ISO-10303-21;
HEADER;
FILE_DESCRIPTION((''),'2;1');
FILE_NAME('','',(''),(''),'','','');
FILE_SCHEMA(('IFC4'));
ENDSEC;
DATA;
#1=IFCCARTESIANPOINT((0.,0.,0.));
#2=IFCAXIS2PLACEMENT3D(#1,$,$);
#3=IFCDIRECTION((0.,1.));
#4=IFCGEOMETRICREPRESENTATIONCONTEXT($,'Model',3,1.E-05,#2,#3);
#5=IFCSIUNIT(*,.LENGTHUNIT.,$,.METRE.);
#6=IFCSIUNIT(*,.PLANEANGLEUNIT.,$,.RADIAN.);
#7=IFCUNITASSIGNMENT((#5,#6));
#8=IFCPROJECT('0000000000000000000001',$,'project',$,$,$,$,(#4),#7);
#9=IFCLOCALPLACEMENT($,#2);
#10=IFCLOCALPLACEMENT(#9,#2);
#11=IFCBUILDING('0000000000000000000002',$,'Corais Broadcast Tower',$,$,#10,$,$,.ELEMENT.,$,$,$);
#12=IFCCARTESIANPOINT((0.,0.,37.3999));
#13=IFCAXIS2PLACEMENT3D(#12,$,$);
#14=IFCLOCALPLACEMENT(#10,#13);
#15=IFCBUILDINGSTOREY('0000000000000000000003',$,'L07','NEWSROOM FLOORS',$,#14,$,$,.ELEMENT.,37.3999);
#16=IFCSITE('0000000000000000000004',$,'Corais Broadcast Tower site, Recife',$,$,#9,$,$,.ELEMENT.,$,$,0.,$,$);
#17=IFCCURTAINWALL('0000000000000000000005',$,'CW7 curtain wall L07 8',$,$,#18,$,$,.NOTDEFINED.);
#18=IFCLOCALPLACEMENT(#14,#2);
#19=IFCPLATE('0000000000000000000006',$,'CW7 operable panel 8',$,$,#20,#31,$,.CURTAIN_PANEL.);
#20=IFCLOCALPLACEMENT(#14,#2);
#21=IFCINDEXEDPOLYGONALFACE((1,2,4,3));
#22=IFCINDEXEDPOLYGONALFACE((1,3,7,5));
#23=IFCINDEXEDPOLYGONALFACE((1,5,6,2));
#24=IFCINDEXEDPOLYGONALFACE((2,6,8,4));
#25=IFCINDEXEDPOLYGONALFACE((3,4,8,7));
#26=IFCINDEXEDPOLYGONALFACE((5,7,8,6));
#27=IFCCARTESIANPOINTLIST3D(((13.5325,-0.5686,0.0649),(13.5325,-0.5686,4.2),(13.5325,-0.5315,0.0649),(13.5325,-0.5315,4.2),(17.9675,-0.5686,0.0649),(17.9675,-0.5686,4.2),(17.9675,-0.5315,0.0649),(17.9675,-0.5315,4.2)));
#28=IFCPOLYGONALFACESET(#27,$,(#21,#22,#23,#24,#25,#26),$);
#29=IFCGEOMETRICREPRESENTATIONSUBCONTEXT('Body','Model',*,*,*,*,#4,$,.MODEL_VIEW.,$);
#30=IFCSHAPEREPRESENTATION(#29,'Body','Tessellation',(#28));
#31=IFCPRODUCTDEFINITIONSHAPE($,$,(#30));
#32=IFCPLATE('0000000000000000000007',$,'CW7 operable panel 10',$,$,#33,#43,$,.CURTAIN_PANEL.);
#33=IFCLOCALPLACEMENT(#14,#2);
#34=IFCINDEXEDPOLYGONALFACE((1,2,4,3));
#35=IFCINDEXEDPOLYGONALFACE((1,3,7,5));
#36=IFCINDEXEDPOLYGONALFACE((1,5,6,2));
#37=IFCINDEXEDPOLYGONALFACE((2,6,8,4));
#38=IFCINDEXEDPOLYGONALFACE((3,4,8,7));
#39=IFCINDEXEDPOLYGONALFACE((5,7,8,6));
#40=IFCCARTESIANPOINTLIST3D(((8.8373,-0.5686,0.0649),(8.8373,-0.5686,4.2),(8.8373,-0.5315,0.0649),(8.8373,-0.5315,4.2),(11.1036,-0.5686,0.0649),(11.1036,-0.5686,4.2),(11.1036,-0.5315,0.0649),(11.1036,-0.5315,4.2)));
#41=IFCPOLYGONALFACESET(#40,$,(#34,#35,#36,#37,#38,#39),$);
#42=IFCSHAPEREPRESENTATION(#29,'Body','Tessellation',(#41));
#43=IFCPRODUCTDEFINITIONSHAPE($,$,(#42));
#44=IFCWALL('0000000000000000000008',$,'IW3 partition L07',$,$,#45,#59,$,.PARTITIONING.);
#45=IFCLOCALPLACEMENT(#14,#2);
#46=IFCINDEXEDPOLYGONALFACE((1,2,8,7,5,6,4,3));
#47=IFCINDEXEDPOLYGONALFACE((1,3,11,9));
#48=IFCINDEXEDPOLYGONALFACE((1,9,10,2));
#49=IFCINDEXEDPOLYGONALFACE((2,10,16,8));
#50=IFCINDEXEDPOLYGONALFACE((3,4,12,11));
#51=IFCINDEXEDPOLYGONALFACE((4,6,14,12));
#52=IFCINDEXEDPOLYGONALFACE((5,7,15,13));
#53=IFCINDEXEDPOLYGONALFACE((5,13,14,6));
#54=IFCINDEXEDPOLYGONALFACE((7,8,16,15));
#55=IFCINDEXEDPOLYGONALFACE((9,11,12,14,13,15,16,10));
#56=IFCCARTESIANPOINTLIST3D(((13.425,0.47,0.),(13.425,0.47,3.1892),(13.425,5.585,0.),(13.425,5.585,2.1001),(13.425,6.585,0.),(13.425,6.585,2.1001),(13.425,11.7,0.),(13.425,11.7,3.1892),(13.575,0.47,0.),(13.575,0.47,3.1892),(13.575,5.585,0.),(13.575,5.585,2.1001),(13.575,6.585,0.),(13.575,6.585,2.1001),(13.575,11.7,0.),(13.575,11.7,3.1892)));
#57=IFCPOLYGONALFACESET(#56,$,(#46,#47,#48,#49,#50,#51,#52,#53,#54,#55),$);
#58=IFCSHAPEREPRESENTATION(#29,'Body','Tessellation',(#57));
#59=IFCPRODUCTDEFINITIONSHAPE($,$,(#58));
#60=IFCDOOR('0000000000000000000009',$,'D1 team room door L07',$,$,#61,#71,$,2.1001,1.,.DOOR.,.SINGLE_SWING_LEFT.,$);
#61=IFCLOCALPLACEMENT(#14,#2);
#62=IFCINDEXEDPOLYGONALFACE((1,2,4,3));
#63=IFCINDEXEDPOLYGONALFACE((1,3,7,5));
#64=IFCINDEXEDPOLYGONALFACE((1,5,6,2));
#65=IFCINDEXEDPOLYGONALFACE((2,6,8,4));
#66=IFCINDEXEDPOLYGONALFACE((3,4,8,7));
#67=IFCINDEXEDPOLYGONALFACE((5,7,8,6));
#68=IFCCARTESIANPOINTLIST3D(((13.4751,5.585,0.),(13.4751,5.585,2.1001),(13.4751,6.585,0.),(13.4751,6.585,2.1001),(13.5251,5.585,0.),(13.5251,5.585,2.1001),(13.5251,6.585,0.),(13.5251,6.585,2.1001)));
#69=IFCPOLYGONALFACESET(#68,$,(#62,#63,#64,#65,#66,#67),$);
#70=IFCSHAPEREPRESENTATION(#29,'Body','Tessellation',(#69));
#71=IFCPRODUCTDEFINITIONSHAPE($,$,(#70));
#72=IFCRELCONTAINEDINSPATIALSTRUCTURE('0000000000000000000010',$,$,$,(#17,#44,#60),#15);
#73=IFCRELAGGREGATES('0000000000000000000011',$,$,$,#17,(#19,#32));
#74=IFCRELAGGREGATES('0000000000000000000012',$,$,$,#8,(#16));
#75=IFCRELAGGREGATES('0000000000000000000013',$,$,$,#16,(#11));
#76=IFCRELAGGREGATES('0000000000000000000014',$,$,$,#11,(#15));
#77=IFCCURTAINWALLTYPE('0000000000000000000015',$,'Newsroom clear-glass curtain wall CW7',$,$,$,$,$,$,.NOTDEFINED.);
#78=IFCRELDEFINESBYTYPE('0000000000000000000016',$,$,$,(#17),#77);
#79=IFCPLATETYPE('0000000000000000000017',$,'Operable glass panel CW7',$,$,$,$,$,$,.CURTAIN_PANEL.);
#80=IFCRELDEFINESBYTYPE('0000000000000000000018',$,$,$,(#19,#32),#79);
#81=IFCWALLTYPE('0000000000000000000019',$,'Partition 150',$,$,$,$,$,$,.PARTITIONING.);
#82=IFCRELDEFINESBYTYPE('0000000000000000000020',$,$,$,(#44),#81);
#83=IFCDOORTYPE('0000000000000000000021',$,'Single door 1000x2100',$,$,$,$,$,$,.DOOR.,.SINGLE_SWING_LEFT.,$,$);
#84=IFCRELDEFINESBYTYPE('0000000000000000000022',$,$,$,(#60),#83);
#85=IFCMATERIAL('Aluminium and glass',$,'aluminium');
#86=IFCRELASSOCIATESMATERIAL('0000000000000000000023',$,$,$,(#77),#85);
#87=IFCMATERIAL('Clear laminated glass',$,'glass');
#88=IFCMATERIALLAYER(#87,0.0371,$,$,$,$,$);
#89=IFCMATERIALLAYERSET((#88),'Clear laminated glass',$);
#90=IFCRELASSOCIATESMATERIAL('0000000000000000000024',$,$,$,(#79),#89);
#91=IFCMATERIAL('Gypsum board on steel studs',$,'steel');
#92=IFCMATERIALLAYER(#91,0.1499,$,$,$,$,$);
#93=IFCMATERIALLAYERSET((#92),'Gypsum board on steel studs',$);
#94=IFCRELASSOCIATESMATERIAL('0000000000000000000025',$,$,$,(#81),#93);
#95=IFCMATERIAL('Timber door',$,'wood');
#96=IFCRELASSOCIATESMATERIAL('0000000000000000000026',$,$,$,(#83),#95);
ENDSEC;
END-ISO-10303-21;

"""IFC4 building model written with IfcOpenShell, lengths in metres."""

from ifc_helpers import new_model, si_unit, direction, frame, frame_2d, origin, origin_2d, place, context, subcontext, project, spatial, rectangle, extrude, material, layer, layer_set, type_object, element, fill, aggregate, save


model = new_model("IFC4")

# Units and contexts
model_context = context("Model", 3, precision=1e-05, world=origin(), true_north=direction((0.0, 1.0)))
body_context = subcontext(model_context, "Body", "Model", "MODEL_VIEW")
ifc_project = project(units=[si_unit("LENGTHUNIT", "METRE"), si_unit("PLANEANGLEUNIT", "RADIAN")], contexts=[model_context])

# Site, building, storey
site_placement = place(None, origin())
site = spatial("IfcSite", under=ifc_project, at=site_placement, Name="Corais Broadcast Tower site, Recife", CompositionType="ELEMENT", RefElevation=0.0)
building_placement = place(site_placement, origin())
building = spatial("IfcBuilding", under=site, at=building_placement, Name="Corais Broadcast Tower", CompositionType="ELEMENT")
storey_placement = place(building_placement, frame((0.0, 0.0, 37.3999)))
storey = spatial("IfcBuildingStorey", under=building, at=storey_placement, Name="L07", Description="NEWSROOM FLOORS", CompositionType="ELEMENT", Elevation=37.3999)

# Curtain wall
ifc_material_1 = material(Name="Aluminium and glass", Category="aluminium")
curtain_wall_type = type_object("IfcCurtainWallType", Name="Newsroom clear-glass curtain wall CW7", PredefinedType="NOTDEFINED", material=ifc_material_1)
curtain_wall_placement = place(storey_placement, origin())
curtain_wall = element("IfcCurtainWall", 1, at=curtain_wall_placement, inside=storey, type_object=curtain_wall_type, Name="CW7 curtain wall L07 8", PredefinedType="NOTDEFINED")

# Plates
ifc_material_2 = material(Name="Clear laminated glass", Category="glass")
ifc_layer_1 = layer(ifc_material_2, 0.0371)
ifc_layer_set_1 = layer_set([ifc_layer_1], Name="Clear laminated glass")
plate_type_1 = type_object("IfcPlateType", Name="Operable glass panel CW7", PredefinedType="CURTAIN_PANEL", material=ifc_layer_set_1)
plate_1_placement = place(storey_placement, frame((15.75, -0.55, 0.0649), z_axis=(0.0, 0.0, 1.0), x_axis=(-1.0, 0.0, 0.0)))
plate_1 = element("IfcPlate", 2, at=plate_1_placement, type_object=plate_type_1, Name="CW7 operable panel 8", PredefinedType="CURTAIN_PANEL", context=body_context, shape_type="SweptSolid", body=[
    extrude(rectangle(XDim=4.4351, YDim=0.0371, at=origin_2d()), origin(), (0.0, 0.0, 1.0), 4.135),
])
plate_2_placement = place(storey_placement, frame((9.9705, -0.55, 0.0649), z_axis=(0.0, 0.0, 1.0), x_axis=(-1.0, 0.0, 0.0)))
plate_2 = element("IfcPlate", 3, at=plate_2_placement, type_object=plate_type_1, Name="CW7 operable panel 10", PredefinedType="CURTAIN_PANEL", context=body_context, shape_type="SweptSolid", body=[
    extrude(rectangle(XDim=2.2664, YDim=0.0371, at=origin_2d()), origin(), (0.0, 0.0, 1.0), 4.135),
])
aggregate(curtain_wall, [plate_1, plate_2])

# Wall, opening, door
ifc_material_3 = material(Name="Gypsum board on steel studs", Category="steel")
ifc_layer_2 = layer(ifc_material_3, 0.1499)
ifc_layer_set_2 = layer_set([ifc_layer_2], Name="Gypsum board on steel studs")
wall_type = type_object("IfcWallType", Name="Partition 150", PredefinedType="PARTITIONING", material=ifc_layer_set_2)
wall_placement = place(storey_placement, frame((13.5, 0.47, 0.0), z_axis=(0.0, 0.0, 1.0), x_axis=(0.0, 1.0, 0.0)))
wall = element("IfcWall", 4, at=wall_placement, inside=storey, type_object=wall_type, Name="IW3 partition L07", PredefinedType="PARTITIONING", context=body_context, shape_type="SweptSolid", body=[
    extrude(rectangle(XDim=11.23, YDim=0.1499, at=frame_2d((5.615, 0.0))), origin(), (0.0, 0.0, 1.0), 3.1892),
])
opening_placement = place(wall_placement, frame((5.115, 0.0, 0.0)))
opening = element("IfcOpeningElement", 5, at=opening_placement, cuts=wall, PredefinedType="OPENING", context=body_context, shape_type="SweptSolid", body=[
    extrude(rectangle(XDim=1.0, YDim=2.1001, at=frame_2d((0.5, 1.05))), frame((0.0, 0.085, 0.0), z_axis=(0.0, -1.0, 0.0), x_axis=(1.0, 0.0, 0.0)), (0.0, 0.0, 1.0), 0.1699),
])
ifc_material_4 = material(Name="Timber door", Category="wood")
door_type = type_object("IfcDoorType", Name="Single door 1000x2100", OperationType="SINGLE_SWING_LEFT", PredefinedType="DOOR", material=ifc_material_4)
door_placement = place(opening_placement, origin())
door = element("IfcDoor", 6, at=door_placement, inside=storey, type_object=door_type, Name="D1 team room door L07", OperationType="SINGLE_SWING_LEFT", OverallHeight=2.1001, OverallWidth=1.0, PredefinedType="DOOR", context=body_context, shape_type="SweptSolid", body=[
    extrude(rectangle(XDim=1.0, YDim=2.1001, at=frame_2d((0.5, 1.05))), frame((0.0, 0.0249, 0.0), z_axis=(0.0, -1.0, 0.0), x_axis=(1.0, 0.0, 0.0)), (0.0, 0.0, 1.0), 0.05),
])
fill(opening, door)

save(model, "model.ifc")
